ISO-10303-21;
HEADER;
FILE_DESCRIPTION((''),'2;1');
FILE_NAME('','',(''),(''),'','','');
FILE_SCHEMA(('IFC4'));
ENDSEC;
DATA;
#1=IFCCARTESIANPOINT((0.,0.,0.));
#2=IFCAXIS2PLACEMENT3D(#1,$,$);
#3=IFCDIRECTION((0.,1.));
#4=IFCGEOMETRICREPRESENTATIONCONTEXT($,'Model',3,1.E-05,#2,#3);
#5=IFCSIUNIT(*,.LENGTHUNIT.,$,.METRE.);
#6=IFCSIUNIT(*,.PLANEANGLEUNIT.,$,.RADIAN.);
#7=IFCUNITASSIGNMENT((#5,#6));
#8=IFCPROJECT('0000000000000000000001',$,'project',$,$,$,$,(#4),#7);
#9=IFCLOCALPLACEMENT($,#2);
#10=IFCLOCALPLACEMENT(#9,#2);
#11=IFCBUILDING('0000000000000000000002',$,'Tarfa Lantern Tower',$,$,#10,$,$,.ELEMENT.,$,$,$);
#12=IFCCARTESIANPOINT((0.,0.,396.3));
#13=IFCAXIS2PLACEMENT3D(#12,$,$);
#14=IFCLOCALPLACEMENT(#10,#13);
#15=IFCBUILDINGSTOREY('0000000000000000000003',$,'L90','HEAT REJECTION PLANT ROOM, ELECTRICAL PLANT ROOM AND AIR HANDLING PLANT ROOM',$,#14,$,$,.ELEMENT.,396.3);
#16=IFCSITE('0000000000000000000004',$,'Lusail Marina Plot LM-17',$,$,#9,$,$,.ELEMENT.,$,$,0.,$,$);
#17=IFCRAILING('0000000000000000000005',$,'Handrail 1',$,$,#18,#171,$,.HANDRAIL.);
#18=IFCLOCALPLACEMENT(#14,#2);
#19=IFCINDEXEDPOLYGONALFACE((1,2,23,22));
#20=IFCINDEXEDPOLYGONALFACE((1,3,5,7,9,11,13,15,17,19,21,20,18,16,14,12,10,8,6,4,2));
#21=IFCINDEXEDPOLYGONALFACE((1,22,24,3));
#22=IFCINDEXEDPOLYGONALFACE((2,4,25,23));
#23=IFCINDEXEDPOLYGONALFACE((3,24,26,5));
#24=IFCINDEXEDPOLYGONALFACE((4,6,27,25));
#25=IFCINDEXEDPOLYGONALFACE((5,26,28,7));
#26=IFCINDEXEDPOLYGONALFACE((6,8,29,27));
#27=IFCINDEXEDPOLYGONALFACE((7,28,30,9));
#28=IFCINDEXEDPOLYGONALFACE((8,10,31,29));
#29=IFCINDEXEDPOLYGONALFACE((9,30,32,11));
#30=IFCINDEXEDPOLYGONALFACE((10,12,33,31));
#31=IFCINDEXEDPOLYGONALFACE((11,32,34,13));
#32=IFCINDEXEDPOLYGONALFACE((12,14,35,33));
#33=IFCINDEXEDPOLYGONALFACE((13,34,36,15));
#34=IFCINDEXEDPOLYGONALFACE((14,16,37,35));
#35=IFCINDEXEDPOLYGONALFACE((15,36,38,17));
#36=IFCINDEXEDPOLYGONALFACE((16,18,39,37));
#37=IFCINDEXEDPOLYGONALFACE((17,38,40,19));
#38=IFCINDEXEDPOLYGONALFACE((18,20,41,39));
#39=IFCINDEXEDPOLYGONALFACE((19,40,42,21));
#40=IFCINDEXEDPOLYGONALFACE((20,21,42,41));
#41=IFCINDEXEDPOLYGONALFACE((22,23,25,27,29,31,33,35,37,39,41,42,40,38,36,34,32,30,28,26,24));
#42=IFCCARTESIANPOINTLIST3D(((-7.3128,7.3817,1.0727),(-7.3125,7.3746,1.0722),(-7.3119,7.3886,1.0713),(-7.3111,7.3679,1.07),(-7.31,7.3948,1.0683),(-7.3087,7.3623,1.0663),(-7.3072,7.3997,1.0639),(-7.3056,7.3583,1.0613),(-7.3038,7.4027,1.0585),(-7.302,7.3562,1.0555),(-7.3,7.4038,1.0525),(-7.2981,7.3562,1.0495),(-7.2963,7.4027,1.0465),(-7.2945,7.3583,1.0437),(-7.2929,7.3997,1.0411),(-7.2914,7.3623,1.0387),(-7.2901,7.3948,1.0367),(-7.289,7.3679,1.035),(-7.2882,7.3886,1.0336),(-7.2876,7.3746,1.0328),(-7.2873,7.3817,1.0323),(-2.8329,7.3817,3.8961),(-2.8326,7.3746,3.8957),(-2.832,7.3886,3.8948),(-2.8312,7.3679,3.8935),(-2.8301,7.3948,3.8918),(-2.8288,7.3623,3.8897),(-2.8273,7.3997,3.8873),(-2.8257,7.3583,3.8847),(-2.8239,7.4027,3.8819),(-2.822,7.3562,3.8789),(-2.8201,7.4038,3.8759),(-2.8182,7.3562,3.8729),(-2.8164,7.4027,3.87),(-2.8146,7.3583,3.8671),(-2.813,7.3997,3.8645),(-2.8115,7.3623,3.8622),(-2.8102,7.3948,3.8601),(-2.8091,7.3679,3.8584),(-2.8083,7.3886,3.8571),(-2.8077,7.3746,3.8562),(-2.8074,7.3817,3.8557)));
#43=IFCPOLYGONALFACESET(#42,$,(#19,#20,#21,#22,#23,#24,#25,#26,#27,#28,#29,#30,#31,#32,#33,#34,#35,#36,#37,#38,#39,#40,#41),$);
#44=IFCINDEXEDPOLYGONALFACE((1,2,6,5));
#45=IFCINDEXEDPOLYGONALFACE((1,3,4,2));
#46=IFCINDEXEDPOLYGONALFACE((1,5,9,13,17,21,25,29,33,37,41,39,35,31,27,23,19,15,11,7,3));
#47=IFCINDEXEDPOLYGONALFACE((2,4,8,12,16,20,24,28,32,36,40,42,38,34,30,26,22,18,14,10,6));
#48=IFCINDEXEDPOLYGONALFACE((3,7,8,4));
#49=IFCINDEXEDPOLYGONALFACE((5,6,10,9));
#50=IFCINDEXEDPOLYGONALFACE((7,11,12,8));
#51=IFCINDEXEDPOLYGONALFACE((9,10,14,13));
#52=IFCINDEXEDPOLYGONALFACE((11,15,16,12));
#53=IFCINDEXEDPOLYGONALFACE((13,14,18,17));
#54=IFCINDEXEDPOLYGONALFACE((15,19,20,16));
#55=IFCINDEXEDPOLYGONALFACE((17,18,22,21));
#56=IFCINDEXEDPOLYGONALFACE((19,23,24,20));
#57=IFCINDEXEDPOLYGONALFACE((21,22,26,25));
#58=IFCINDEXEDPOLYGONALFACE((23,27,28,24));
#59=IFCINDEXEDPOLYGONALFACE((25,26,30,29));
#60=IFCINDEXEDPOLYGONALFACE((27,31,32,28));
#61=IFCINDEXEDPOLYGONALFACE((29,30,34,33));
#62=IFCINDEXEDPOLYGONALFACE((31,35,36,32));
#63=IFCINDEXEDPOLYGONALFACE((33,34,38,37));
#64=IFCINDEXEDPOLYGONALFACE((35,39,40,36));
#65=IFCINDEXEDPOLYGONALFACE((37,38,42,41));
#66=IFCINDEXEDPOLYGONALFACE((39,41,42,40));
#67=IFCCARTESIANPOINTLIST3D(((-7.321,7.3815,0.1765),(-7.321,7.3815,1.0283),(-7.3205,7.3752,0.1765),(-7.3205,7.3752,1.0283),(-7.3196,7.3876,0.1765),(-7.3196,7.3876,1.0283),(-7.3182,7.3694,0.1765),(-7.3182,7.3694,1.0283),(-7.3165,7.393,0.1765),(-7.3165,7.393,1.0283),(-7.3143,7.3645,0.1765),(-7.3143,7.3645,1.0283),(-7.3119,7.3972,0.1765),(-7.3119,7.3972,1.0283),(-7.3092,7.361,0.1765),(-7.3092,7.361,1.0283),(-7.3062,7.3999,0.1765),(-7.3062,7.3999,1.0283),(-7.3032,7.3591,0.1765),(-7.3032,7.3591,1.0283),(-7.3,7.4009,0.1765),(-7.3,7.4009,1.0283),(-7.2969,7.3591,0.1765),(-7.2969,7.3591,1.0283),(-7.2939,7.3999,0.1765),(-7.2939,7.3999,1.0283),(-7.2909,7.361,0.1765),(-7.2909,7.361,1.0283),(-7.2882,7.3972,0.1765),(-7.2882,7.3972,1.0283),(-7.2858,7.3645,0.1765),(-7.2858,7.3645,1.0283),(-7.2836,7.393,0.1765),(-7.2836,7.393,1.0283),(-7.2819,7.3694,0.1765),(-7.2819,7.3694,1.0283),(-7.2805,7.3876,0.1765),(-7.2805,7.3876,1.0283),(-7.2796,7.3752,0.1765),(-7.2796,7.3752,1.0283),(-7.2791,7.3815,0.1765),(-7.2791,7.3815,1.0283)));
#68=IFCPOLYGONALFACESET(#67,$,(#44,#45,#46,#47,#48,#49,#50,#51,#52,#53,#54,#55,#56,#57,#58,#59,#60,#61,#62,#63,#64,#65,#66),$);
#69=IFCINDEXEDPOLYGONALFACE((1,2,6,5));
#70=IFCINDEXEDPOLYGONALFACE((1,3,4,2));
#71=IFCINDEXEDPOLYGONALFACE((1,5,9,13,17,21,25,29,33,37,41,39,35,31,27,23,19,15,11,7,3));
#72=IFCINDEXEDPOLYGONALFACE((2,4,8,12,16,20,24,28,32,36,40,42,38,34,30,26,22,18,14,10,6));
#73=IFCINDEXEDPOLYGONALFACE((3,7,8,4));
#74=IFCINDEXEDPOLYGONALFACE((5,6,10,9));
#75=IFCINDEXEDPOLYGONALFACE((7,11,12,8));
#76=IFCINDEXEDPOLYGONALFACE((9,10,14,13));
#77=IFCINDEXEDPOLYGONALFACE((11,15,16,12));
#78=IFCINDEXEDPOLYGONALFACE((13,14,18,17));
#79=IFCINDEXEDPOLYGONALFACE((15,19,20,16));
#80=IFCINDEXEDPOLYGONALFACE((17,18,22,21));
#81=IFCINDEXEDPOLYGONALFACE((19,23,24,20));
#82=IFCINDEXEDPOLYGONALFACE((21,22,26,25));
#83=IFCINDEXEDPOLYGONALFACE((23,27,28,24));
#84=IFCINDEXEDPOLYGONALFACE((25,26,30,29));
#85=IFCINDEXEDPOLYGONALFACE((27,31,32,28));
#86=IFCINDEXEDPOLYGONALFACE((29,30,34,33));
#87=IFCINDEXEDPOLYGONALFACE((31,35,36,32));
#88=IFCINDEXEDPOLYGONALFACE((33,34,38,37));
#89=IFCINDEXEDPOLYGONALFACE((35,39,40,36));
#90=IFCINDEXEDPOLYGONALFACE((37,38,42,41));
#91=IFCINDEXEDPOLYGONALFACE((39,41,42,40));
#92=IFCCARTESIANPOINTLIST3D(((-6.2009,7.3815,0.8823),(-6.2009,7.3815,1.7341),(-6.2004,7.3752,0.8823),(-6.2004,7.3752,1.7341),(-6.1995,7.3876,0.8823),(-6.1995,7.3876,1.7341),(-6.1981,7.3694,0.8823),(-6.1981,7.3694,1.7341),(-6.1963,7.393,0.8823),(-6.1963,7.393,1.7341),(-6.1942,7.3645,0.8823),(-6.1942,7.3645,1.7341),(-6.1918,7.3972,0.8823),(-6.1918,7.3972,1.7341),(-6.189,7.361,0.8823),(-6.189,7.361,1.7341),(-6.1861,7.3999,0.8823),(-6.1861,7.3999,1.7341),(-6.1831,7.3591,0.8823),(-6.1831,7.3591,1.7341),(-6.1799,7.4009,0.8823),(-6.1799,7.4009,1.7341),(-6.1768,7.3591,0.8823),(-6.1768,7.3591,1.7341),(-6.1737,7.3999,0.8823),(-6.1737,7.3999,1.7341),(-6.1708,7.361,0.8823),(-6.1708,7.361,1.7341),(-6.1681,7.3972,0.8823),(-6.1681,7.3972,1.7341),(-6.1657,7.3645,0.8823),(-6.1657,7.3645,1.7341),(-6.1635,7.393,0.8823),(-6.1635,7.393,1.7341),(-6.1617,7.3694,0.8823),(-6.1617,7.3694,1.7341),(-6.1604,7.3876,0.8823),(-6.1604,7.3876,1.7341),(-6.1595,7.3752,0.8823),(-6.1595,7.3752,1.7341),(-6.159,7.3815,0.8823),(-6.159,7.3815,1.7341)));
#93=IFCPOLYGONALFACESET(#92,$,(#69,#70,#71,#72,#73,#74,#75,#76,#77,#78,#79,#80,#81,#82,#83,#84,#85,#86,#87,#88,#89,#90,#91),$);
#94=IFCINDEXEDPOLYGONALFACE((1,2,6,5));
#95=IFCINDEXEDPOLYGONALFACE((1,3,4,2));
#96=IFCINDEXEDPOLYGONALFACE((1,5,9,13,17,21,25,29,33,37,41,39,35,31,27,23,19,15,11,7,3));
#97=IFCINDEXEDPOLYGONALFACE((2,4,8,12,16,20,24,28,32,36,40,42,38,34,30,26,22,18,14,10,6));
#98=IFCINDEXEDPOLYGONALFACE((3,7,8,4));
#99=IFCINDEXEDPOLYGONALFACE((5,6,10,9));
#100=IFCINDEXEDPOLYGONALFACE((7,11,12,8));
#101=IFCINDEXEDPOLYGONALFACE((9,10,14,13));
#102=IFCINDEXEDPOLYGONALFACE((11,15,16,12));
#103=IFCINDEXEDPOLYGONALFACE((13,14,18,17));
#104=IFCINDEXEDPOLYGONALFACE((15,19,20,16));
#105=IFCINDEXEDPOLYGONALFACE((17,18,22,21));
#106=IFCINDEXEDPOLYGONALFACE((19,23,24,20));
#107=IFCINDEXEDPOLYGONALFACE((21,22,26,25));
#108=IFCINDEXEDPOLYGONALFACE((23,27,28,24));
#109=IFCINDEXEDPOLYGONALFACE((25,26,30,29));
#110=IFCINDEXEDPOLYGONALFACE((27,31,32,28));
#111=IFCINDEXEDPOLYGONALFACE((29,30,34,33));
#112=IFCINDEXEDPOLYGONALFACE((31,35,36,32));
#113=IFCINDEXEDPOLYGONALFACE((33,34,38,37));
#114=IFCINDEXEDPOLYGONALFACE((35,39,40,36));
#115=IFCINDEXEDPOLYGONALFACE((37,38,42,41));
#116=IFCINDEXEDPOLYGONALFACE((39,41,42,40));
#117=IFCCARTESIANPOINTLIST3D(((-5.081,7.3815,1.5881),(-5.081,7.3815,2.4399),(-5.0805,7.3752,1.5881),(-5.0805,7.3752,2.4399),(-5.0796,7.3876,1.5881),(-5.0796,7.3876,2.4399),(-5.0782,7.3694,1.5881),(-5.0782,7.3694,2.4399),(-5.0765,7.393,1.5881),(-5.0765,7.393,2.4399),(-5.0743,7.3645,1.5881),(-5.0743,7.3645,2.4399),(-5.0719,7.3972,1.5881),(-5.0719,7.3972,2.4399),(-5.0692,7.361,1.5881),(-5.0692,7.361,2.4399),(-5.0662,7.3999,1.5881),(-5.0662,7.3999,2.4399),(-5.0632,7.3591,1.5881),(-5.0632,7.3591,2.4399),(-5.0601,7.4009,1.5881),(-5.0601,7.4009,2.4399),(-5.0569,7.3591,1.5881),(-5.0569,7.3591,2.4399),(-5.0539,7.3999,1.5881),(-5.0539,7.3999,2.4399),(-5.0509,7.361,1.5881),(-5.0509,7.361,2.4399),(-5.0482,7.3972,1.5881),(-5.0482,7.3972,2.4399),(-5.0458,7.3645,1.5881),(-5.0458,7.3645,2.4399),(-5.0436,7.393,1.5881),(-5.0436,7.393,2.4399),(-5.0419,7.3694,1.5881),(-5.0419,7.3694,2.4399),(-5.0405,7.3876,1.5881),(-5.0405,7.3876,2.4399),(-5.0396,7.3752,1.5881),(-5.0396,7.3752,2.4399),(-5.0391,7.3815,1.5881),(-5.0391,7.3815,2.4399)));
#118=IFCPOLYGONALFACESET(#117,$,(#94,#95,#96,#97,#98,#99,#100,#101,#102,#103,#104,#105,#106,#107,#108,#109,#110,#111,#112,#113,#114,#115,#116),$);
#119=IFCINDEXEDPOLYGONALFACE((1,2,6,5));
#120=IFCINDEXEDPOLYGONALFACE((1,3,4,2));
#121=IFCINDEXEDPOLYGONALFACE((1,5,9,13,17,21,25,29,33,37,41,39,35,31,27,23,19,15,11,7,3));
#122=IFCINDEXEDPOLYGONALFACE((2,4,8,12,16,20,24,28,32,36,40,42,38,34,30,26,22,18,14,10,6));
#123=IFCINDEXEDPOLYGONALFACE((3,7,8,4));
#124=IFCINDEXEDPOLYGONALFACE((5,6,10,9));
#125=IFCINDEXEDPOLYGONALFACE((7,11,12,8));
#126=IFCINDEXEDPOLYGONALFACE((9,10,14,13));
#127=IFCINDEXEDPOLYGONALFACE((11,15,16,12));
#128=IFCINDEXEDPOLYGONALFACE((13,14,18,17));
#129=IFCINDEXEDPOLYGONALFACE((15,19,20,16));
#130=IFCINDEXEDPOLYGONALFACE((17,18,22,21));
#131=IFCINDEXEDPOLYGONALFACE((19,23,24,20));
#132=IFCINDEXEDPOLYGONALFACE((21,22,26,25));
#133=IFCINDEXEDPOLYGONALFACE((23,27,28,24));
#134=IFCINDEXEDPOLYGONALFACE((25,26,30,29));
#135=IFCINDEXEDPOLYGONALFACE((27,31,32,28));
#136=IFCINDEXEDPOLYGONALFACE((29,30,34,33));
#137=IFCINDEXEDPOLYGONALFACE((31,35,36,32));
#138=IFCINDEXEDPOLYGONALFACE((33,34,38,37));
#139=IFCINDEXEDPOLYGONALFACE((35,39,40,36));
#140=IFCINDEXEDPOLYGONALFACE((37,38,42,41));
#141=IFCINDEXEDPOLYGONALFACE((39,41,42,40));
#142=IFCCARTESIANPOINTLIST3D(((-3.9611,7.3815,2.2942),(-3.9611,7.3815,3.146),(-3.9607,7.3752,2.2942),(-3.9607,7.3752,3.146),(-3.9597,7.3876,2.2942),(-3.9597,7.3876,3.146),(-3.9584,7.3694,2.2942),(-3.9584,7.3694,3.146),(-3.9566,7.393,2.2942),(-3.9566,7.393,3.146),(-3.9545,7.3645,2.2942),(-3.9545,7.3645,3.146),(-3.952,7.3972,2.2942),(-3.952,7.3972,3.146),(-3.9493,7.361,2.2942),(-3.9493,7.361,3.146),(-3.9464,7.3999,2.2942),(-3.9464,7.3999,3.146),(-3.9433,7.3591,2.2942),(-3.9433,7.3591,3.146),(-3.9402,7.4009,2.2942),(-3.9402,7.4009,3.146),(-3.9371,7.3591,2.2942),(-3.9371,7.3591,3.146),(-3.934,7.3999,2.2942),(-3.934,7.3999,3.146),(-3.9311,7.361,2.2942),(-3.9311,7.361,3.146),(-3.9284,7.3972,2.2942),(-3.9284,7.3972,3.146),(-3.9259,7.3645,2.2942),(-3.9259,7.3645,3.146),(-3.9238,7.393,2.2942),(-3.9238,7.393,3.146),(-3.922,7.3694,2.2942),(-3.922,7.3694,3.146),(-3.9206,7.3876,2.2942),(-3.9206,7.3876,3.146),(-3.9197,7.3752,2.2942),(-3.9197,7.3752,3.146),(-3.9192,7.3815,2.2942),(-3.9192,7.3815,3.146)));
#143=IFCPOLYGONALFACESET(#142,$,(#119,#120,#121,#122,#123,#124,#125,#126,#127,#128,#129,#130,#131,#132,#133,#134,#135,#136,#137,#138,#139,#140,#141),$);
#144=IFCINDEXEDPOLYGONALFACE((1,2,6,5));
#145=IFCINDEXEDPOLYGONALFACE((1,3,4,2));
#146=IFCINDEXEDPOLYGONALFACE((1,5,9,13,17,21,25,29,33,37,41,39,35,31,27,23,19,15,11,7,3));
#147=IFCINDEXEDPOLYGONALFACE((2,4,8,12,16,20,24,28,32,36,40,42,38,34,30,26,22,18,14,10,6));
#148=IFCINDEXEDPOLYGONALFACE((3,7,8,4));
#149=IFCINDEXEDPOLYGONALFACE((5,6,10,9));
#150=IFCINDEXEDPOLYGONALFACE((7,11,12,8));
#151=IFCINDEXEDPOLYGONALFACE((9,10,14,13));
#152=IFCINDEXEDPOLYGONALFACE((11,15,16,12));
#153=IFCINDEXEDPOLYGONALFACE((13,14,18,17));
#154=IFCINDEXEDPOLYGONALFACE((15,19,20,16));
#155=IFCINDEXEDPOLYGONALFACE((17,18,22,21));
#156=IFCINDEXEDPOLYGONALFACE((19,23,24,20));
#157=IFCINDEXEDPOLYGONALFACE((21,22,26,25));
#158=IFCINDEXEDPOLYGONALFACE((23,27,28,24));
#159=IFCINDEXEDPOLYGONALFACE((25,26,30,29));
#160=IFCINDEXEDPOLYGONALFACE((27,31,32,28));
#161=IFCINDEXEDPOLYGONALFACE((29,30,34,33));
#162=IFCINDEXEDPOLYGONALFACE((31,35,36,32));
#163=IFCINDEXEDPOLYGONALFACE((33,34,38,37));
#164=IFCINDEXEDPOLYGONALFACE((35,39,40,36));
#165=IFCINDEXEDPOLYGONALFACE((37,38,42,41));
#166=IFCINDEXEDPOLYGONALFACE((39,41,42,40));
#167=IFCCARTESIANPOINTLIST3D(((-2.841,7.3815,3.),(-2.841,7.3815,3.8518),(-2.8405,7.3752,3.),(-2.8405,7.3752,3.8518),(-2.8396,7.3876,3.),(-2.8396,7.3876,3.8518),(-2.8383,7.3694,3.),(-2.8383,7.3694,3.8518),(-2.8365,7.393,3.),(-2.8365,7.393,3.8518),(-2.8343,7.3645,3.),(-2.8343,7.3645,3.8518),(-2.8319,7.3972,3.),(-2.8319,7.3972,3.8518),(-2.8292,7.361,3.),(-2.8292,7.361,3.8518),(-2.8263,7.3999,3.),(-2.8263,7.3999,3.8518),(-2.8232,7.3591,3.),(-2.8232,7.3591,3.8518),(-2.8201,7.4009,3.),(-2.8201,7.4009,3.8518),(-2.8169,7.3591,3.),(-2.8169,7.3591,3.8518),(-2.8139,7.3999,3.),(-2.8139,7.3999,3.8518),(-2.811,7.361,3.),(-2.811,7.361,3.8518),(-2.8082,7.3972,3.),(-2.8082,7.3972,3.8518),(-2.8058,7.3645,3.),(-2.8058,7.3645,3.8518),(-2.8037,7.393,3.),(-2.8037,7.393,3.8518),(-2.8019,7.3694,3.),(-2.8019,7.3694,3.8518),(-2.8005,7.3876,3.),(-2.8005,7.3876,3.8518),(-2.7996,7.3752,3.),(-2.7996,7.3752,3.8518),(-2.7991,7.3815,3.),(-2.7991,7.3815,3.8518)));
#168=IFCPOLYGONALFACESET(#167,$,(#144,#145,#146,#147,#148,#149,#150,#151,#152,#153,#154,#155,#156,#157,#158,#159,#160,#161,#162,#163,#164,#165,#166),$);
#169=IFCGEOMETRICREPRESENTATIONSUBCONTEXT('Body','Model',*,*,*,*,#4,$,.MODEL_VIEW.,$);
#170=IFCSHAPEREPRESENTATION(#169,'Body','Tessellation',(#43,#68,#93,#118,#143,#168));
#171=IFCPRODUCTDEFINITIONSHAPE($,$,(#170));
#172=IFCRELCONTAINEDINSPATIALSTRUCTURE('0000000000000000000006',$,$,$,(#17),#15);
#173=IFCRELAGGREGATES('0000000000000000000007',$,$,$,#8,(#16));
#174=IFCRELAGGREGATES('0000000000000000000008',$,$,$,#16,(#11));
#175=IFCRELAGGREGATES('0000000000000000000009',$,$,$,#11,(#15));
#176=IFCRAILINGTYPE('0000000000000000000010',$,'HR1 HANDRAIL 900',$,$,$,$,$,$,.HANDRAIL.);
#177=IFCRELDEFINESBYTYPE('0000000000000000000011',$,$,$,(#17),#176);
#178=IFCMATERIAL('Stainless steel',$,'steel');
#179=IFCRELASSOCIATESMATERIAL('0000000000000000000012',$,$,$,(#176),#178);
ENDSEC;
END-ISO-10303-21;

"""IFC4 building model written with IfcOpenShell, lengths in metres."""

from ifc_helpers import new_model, si_unit, direction, frame, origin, origin_2d, place, context, subcontext, project, spatial, circle, extrude, material, type_object, element, save


model = new_model("IFC4")

# Units and contexts
model_context = context("Model", 3, precision=1e-05, world=origin(), true_north=direction((0.0, 1.0)))
body_context = subcontext(model_context, "Body", "Model", "MODEL_VIEW")
ifc_project = project(units=[si_unit("LENGTHUNIT", "METRE"), si_unit("PLANEANGLEUNIT", "RADIAN")], contexts=[model_context])

# Site, building, storey
site_placement = place(None, origin())
site = spatial("IfcSite", under=ifc_project, at=site_placement, Name="Lusail Marina Plot LM-17", CompositionType="ELEMENT", RefElevation=0.0)
building_placement = place(site_placement, origin())
building = spatial("IfcBuilding", under=site, at=building_placement, Name="Tarfa Lantern Tower", CompositionType="ELEMENT")
storey_placement = place(building_placement, frame((0.0, 0.0, 396.3)))
storey = spatial("IfcBuildingStorey", under=building, at=storey_placement, Name="L90", Description="HEAT REJECTION PLANT ROOM, ELECTRICAL PLANT ROOM AND AIR HANDLING PLANT ROOM", CompositionType="ELEMENT", Elevation=396.3)

# Railing
ifc_material_1 = material(Name="Stainless steel", Category="steel")
railing_type = type_object("IfcRailingType", Name="HR1 HANDRAIL 900", PredefinedType="HANDRAIL", material=ifc_material_1)
railing_placement = place(storey_placement, frame((-7.3, 7.3799, 0.1765)))
element("IfcRailing", 1, at=railing_placement, inside=storey, type_object=railing_type, Name="Handrail 1", PredefinedType="HANDRAIL", context=body_context, shape_type="SweptSolid", body=[
    extrude(circle(Radius=0.0239, at=origin_2d()), frame((0.0, 0.0, 0.876), z_axis=(0.845998, 0.0, 0.533186), x_axis=(0.0, 1.0, 0.0)), (0.0, 0.0, 1.0), 5.2954),
    extrude(circle(Radius=0.021, at=origin_2d()), frame((0.0, 0.0, 0.0), z_axis=(0.0, 0.0, 1.0), x_axis=(0.0, 1.0, 0.0)), (0.0, 0.0, 1.0), 0.8518),
    extrude(circle(Radius=0.021, at=origin_2d()), frame((1.1201, 0.0, 0.7058), z_axis=(0.0, 0.0, 1.0), x_axis=(0.0, 1.0, 0.0)), (0.0, 0.0, 1.0), 0.8518),
    extrude(circle(Radius=0.021, at=origin_2d()), frame((2.24, 0.0, 1.4116), z_axis=(0.0, 0.0, 1.0), x_axis=(0.0, 1.0, 0.0)), (0.0, 0.0, 1.0), 0.8518),
    extrude(circle(Radius=0.021, at=origin_2d()), frame((3.3599, 0.0, 2.1177), z_axis=(0.0, 0.0, 1.0), x_axis=(0.0, 1.0, 0.0)), (0.0, 0.0, 1.0), 0.8518),
    extrude(circle(Radius=0.021, at=origin_2d()), frame((4.48, 0.0, 2.8235), z_axis=(0.0, 0.0, 1.0), x_axis=(0.0, 1.0, 0.0)), (0.0, 0.0, 1.0), 0.8518),
])

save(model, "model.ifc")
